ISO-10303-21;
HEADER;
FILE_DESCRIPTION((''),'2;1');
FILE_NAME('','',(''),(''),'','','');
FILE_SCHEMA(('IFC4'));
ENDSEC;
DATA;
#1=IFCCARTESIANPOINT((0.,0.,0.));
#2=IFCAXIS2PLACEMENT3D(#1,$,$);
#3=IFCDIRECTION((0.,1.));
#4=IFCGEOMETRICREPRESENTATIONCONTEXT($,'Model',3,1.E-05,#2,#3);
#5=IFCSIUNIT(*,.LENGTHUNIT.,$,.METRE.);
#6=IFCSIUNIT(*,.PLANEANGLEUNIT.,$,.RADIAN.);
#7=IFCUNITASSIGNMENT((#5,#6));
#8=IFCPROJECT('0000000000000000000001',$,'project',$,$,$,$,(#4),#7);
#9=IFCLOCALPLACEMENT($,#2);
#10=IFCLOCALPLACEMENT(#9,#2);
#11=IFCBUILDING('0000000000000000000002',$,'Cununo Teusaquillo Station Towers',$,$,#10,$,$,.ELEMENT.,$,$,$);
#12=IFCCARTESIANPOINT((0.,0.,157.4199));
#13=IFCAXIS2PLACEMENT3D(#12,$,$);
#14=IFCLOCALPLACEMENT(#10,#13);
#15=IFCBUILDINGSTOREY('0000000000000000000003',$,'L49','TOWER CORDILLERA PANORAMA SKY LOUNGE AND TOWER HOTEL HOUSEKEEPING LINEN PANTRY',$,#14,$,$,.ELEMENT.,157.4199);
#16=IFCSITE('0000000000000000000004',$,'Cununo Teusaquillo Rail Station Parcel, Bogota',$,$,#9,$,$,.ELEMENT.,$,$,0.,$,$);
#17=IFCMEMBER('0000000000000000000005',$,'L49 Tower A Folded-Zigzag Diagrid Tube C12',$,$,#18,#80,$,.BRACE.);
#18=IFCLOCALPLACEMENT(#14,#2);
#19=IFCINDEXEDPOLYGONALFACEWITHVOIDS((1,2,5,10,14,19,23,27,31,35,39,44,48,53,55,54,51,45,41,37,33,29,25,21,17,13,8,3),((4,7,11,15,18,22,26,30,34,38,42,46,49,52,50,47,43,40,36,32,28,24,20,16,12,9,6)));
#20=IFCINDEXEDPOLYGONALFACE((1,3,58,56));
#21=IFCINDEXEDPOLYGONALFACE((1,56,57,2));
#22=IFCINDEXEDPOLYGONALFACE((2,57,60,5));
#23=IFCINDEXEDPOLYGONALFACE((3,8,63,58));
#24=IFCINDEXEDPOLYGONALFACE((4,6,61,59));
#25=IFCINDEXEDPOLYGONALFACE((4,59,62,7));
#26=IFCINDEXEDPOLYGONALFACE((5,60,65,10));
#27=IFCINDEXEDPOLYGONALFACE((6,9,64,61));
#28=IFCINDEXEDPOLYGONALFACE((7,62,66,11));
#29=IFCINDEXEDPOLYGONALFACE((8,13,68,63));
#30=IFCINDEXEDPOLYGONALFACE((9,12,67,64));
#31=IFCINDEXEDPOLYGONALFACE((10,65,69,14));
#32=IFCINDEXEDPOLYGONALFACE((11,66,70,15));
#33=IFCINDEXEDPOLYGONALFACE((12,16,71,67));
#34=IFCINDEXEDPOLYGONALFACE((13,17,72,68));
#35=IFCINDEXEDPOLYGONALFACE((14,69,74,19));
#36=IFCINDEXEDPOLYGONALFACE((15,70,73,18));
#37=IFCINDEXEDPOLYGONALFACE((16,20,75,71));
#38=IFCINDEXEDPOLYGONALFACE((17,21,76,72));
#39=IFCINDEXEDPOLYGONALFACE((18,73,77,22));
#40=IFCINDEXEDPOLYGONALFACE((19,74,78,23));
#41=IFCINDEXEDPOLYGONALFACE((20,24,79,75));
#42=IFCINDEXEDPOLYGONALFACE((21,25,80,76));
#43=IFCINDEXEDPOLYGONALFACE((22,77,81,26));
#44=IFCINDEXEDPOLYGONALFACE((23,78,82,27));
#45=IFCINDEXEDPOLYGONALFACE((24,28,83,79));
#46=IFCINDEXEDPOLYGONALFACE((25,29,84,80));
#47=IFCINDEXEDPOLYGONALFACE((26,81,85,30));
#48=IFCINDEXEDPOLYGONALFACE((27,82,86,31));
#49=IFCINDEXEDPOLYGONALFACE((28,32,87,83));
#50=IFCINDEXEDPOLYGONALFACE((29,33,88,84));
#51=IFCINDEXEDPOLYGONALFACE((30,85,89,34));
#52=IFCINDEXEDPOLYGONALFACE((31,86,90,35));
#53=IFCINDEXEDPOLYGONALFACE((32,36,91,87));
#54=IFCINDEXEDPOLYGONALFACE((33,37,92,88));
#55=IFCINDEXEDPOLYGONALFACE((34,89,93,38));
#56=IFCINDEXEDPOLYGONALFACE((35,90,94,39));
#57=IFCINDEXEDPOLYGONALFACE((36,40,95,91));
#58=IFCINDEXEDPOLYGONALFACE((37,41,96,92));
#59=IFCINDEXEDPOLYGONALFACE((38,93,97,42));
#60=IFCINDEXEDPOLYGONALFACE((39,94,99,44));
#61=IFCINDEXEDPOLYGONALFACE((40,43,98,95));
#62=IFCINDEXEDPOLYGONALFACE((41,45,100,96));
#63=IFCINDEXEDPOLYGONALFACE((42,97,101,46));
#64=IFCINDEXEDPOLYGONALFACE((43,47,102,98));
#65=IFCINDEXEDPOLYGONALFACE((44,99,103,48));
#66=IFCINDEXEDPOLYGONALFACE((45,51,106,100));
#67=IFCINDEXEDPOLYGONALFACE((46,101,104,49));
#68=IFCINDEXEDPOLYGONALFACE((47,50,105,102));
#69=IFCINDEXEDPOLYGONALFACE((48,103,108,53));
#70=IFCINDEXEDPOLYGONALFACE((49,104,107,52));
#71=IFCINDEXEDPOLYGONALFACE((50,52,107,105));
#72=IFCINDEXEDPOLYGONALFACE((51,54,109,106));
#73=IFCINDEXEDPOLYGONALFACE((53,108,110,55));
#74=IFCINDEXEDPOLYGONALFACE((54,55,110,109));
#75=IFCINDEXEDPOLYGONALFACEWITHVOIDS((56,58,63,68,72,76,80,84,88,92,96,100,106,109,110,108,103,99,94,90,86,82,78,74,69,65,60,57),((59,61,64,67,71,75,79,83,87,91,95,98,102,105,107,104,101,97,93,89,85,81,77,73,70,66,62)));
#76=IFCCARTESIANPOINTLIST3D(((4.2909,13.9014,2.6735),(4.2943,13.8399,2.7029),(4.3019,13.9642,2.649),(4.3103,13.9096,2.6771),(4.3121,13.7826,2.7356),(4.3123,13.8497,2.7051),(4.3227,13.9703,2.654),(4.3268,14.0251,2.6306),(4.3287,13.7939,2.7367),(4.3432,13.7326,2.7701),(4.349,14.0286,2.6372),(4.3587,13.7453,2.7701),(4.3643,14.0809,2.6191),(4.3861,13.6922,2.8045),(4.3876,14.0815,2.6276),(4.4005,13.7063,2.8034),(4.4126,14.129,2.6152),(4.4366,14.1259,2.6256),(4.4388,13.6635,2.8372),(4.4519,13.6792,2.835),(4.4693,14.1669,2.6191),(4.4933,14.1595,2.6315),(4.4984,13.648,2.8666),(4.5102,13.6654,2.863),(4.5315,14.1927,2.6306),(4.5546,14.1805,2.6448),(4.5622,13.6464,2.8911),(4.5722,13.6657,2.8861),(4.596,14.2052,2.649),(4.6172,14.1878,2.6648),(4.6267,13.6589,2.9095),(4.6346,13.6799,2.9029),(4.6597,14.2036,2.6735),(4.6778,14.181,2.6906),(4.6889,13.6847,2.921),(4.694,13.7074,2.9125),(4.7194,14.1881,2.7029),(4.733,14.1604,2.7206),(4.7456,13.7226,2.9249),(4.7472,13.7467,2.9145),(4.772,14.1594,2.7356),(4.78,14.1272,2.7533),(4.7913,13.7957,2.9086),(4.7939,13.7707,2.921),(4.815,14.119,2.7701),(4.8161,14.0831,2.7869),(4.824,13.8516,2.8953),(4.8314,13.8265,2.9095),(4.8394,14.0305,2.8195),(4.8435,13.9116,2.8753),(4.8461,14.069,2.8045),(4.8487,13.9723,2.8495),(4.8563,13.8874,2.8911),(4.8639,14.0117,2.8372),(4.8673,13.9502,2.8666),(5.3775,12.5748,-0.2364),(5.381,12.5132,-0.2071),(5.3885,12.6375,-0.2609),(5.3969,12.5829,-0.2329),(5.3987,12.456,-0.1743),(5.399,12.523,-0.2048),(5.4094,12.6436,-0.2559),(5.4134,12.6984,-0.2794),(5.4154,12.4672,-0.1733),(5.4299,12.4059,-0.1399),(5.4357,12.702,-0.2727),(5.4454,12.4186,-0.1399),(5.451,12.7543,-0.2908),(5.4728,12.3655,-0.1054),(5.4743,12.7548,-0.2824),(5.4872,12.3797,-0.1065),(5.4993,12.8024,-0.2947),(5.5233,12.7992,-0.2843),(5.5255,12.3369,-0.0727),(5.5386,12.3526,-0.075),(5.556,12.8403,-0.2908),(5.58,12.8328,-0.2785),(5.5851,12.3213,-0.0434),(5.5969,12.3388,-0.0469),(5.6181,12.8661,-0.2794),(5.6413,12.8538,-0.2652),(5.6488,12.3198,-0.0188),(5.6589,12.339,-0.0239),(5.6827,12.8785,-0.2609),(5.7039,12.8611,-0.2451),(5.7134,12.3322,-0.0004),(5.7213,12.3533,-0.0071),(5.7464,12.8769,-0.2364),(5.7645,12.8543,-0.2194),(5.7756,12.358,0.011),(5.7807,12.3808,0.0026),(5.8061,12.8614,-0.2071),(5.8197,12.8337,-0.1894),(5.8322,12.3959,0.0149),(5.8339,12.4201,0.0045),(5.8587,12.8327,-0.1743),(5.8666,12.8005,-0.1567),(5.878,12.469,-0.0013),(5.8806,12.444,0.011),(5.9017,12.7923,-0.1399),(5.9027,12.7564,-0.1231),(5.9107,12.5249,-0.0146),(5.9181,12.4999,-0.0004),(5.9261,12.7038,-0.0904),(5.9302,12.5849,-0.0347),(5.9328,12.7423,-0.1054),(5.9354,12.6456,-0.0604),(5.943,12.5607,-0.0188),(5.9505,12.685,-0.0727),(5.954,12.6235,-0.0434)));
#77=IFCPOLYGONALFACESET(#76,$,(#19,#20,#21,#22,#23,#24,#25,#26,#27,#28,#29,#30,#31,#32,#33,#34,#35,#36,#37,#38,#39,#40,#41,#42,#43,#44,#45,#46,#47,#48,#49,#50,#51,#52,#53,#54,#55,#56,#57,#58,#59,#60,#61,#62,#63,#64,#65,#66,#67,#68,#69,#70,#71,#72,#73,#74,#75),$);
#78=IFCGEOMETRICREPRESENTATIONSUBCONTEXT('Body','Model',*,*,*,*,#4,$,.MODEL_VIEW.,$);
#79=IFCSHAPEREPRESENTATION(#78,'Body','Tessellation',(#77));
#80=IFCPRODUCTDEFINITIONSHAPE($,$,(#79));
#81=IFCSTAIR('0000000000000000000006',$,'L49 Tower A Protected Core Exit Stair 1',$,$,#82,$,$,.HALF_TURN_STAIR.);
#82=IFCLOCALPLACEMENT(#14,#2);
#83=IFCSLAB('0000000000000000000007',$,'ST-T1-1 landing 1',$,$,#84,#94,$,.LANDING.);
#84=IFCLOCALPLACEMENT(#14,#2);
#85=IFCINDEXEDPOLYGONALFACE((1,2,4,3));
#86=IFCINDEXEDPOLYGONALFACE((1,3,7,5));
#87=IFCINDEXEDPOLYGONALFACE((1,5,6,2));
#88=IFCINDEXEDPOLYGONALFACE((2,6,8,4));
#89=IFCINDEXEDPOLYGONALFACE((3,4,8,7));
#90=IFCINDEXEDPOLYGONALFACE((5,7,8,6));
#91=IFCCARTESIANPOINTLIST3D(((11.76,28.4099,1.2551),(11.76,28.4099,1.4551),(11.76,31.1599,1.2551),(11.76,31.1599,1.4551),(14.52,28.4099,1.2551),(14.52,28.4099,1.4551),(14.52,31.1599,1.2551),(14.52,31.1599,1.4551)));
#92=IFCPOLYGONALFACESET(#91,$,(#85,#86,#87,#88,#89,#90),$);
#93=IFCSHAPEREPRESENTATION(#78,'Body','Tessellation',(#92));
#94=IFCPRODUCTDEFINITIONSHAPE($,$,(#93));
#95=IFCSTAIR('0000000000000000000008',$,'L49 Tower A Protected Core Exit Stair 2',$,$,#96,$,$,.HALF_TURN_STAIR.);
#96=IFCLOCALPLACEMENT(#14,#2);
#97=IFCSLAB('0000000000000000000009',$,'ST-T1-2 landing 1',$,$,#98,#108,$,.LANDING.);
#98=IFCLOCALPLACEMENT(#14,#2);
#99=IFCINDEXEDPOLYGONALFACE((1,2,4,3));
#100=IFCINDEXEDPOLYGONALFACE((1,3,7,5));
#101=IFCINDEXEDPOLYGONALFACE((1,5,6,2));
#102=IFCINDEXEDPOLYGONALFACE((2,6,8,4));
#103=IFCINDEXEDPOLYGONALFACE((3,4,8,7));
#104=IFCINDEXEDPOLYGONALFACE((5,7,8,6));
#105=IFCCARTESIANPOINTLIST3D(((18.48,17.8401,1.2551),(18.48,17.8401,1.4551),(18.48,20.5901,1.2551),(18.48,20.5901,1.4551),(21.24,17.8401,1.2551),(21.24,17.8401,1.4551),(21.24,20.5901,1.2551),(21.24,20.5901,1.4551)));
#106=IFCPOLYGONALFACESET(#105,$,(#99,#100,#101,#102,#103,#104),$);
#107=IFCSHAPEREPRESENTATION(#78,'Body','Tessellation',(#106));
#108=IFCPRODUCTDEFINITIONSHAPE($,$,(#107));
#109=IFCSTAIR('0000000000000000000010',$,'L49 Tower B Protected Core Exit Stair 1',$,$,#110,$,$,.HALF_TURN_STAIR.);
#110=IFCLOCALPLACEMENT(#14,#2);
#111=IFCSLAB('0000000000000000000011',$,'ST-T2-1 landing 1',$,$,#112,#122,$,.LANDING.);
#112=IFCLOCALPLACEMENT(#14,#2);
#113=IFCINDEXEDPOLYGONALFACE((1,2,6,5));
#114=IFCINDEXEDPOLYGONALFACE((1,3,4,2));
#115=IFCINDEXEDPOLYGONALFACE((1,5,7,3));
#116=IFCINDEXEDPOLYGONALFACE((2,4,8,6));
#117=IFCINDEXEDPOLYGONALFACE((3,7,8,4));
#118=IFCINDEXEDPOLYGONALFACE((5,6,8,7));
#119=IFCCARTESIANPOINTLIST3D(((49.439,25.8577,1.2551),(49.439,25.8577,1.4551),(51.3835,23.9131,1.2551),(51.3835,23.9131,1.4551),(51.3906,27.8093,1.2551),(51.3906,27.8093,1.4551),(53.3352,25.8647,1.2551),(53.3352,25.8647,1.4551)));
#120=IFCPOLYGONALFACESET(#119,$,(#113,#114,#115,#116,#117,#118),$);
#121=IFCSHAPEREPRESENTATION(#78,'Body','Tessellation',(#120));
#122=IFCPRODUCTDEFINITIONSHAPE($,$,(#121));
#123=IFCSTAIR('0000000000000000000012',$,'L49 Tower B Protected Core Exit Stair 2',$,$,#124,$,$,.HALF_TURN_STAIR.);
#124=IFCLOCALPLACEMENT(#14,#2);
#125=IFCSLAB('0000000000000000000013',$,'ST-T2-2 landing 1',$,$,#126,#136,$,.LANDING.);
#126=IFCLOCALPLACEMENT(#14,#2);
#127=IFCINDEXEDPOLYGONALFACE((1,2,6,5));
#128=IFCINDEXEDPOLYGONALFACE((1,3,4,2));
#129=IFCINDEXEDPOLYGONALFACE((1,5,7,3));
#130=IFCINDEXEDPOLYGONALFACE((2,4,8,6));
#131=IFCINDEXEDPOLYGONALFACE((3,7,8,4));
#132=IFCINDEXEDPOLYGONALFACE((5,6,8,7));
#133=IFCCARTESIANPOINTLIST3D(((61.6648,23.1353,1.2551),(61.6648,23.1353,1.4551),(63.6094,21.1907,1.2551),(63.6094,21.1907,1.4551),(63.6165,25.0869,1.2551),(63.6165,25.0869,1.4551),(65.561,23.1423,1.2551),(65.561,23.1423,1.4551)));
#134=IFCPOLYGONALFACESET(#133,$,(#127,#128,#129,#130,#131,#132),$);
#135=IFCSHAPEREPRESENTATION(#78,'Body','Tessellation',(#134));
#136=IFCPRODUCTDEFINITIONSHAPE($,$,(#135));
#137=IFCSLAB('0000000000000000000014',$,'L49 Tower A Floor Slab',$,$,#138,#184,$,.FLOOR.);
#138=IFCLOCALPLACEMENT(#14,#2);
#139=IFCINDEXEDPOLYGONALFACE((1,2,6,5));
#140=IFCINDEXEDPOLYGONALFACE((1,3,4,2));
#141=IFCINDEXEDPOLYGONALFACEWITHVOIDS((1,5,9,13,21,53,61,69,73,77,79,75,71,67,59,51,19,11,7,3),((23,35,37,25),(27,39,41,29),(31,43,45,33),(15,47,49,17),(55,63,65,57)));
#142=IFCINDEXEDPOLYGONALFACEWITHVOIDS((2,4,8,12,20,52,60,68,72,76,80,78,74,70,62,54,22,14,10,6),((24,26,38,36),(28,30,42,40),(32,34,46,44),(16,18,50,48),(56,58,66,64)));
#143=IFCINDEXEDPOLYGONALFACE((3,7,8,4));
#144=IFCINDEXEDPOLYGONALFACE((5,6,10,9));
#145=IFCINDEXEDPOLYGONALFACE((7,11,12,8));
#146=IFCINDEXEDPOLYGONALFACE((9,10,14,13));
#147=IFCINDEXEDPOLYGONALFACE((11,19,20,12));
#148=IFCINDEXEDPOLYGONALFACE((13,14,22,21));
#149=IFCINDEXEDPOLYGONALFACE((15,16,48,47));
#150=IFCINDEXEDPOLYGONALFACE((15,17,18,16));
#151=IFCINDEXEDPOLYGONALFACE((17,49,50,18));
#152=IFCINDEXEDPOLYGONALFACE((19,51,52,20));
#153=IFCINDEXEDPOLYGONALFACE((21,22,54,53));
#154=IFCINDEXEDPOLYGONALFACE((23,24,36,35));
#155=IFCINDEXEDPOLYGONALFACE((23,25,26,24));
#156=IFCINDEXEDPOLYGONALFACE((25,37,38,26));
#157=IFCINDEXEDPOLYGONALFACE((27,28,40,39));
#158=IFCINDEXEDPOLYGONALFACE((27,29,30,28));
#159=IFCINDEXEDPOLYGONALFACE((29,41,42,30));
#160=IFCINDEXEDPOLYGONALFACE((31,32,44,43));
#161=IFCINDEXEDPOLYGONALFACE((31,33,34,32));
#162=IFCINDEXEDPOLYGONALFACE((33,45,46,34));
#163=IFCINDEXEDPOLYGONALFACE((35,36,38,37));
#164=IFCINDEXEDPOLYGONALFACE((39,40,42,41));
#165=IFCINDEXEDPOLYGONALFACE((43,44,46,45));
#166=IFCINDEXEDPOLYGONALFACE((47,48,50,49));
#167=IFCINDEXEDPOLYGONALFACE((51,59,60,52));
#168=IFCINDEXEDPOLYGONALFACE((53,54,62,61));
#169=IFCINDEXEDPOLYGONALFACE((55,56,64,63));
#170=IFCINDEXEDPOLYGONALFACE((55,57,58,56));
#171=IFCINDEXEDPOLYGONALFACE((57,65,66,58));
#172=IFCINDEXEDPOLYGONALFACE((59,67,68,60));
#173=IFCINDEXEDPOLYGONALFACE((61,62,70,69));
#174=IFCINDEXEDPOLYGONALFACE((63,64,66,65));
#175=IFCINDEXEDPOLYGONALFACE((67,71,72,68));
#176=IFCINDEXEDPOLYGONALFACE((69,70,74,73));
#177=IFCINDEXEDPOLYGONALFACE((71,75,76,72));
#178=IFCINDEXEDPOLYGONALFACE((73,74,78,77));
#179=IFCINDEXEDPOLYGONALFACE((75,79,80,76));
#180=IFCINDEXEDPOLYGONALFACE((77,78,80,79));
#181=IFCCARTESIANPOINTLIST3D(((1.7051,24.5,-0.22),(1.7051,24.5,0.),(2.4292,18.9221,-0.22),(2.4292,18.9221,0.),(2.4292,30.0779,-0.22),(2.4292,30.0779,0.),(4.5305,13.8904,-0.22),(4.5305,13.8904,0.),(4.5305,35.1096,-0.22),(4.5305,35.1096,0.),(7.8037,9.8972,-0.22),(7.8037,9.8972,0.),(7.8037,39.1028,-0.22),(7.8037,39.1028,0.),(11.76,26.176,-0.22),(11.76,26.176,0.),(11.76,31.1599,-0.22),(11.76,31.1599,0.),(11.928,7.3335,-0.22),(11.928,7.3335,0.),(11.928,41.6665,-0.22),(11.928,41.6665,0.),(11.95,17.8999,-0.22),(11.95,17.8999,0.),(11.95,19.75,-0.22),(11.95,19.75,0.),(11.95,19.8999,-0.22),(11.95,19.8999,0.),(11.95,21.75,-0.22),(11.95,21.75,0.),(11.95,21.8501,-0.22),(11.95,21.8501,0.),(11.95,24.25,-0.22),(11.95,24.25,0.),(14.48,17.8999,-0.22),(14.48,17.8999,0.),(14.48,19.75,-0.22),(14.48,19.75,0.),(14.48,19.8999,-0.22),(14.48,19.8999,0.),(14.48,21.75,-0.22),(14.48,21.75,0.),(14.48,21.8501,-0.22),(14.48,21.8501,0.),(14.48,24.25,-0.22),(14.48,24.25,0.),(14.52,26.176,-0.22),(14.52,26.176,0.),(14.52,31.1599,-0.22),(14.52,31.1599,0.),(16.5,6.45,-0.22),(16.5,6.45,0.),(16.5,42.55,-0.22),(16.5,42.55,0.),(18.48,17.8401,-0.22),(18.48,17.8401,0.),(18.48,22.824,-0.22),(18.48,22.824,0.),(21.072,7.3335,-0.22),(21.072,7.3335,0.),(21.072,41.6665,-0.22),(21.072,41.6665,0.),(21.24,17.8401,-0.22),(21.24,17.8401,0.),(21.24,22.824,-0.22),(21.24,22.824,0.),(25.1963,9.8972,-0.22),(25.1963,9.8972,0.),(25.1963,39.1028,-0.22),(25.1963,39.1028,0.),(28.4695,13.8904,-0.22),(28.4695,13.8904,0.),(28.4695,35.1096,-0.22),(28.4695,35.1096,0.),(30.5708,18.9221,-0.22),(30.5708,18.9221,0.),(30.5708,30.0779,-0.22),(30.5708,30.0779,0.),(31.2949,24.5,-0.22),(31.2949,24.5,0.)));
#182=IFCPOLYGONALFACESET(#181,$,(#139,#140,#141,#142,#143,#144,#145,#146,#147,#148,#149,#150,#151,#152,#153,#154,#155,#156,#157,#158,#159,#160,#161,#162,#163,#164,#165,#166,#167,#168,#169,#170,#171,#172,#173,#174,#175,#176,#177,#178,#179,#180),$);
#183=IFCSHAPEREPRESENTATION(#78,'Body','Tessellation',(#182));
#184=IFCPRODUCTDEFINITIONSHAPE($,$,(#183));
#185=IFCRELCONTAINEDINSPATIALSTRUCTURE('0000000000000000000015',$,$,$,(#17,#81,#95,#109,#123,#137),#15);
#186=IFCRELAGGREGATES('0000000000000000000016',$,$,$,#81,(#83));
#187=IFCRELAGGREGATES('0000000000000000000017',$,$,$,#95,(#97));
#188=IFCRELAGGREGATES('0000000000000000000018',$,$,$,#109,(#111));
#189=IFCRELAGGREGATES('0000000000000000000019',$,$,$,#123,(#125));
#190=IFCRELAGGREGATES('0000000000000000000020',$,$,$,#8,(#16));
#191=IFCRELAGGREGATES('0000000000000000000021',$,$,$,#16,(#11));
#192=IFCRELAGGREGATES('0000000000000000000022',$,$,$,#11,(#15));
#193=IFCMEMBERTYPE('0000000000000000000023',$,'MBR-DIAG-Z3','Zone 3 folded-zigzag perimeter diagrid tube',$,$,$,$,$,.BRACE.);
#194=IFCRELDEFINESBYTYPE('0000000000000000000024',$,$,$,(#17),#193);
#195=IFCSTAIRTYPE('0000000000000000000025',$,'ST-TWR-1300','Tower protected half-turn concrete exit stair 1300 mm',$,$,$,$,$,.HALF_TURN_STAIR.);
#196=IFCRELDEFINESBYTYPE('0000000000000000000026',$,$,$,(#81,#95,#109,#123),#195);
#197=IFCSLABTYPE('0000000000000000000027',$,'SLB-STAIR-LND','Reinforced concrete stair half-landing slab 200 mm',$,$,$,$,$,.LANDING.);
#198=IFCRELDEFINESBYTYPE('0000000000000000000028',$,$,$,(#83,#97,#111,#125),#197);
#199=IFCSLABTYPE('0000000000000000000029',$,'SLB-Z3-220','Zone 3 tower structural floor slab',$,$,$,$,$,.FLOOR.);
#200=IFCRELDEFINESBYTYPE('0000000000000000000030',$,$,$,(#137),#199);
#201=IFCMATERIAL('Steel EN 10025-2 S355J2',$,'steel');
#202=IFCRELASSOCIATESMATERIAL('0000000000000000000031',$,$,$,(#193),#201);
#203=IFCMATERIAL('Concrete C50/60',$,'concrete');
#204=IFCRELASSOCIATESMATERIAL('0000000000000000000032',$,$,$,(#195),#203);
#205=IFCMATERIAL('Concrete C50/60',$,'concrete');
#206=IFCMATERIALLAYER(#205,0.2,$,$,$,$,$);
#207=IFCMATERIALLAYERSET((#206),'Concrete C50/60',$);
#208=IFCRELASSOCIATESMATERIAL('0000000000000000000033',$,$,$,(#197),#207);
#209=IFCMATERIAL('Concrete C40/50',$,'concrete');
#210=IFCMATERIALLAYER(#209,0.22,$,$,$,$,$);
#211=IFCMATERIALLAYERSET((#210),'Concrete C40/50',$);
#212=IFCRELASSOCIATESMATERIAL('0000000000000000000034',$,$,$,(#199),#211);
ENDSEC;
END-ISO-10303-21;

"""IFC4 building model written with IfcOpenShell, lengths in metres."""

from ifc_helpers import new_model, si_unit, direction, frame, origin, origin_2d, place, context, subcontext, project, spatial, polyline, hollow_circle, outline, extrude, material, layer, layer_set, material_profile, profile_set, type_object, element, aggregate, save


model = new_model("IFC4")

# Units and contexts
model_context = context("Model", 3, precision=1e-05, world=origin(), true_north=direction((0.0, 1.0)))
body_context = subcontext(model_context, "Body", "Model", "MODEL_VIEW")
ifc_project = project(units=[si_unit("LENGTHUNIT", "METRE"), si_unit("PLANEANGLEUNIT", "RADIAN")], contexts=[model_context])

# Site, building, storey
site_placement = place(None, origin())
site = spatial("IfcSite", under=ifc_project, at=site_placement, Name="Cununo Teusaquillo Rail Station Parcel, Bogota", CompositionType="ELEMENT", RefElevation=0.0)
building_placement = place(site_placement, origin())
building = spatial("IfcBuilding", under=site, at=building_placement, Name="Cununo Teusaquillo Station Towers", CompositionType="ELEMENT")
storey_placement = place(building_placement, frame((0.0, 0.0, 157.4199)))
storey = spatial("IfcBuildingStorey", under=building, at=storey_placement, Name="L49", Description="TOWER CORDILLERA PANORAMA SKY LOUNGE AND TOWER HOTEL HOUSEKEEPING LINEN PANTRY", CompositionType="ELEMENT", Elevation=157.4199)

# Member
ifc_material_1 = material(Name="Steel EN 10025-2 S355J2", Category="steel")
ifc_material_profile_1 = material_profile(ifc_material_1, hollow_circle(Radius=0.3049, WallThickness=0.02, at=origin_2d()), Name="CHS 610x20")
ifc_profile_set_1 = profile_set([ifc_material_profile_1], Name="Steel EN 10025-2 S355J2")
member_type = type_object("IfcMemberType", Name="MBR-DIAG-Z3", Description="Zone 3 folded-zigzag perimeter diagrid tube", PredefinedType="BRACE", material=ifc_profile_set_1)
member_placement = place(storey_placement, frame((5.6658, 12.5991, -0.1399), z_axis=(-0.321724, 0.392777, 0.861522), x_axis=(-0.773608, -0.633664, 0.0)))
element("IfcMember", 1, at=member_placement, inside=storey, type_object=member_type, Name="L49 Tower A Folded-Zigzag Diagrid Tube C12", PredefinedType="BRACE", context=body_context, shape_type="SweptSolid", body=[
    extrude(hollow_circle(Radius=0.3049, WallThickness=0.02, at=origin_2d()), origin(), (0.0, 0.0, 1.0), 3.3777),
])

# Stairs, slabs
ifc_material_2 = material(Name="Concrete C50/60", Category="concrete")
stair_type = type_object("IfcStairType", Name="ST-TWR-1300", Description="Tower protected half-turn concrete exit stair 1300 mm", PredefinedType="HALF_TURN_STAIR", material=ifc_material_2)
stair_1_placement = place(storey_placement, origin())
stair_1 = element("IfcStair", 2, at=stair_1_placement, inside=storey, type_object=stair_type, Name="L49 Tower A Protected Core Exit Stair 1", PredefinedType="HALF_TURN_STAIR")
ifc_material_3 = material(Name="Concrete C50/60", Category="concrete")
ifc_layer_1 = layer(ifc_material_3, 0.2)
ifc_layer_set_1 = layer_set([ifc_layer_1], Name="Concrete C50/60")
slab_type_1 = type_object("IfcSlabType", Name="SLB-STAIR-LND", Description="Reinforced concrete stair half-landing slab 200 mm", PredefinedType="LANDING", material=ifc_layer_set_1)
slab_1_placement = place(storey_placement, frame((0.0, 0.0, 1.2551)))
slab_1 = element("IfcSlab", 3, at=slab_1_placement, type_object=slab_type_1, Name="ST-T1-1 landing 1", PredefinedType="LANDING", context=body_context, shape_type="SweptSolid", body=[
    extrude(outline(polyline([(14.52, 28.4099), (14.52, 31.1599), (11.76, 31.1599), (11.76, 28.4099), (14.52, 28.4099)])), origin(), (0.0, 0.0, 1.0), 0.2),
])
aggregate(stair_1, [slab_1])
stair_2_placement = place(storey_placement, origin())
stair_2 = element("IfcStair", 4, at=stair_2_placement, inside=storey, type_object=stair_type, Name="L49 Tower A Protected Core Exit Stair 2", PredefinedType="HALF_TURN_STAIR")
slab_2_placement = place(storey_placement, frame((0.0, 0.0, 1.2551)))
slab_2 = element("IfcSlab", 5, at=slab_2_placement, type_object=slab_type_1, Name="ST-T1-2 landing 1", PredefinedType="LANDING", context=body_context, shape_type="SweptSolid", body=[
    extrude(outline(polyline([(18.48, 20.5901), (18.48, 17.8401), (21.24, 17.8401), (21.24, 20.5901), (18.48, 20.5901)])), origin(), (0.0, 0.0, 1.0), 0.2),
])
aggregate(stair_2, [slab_2])
stair_3_placement = place(storey_placement, origin())
stair_3 = element("IfcStair", 6, at=stair_3_placement, inside=storey, type_object=stair_type, Name="L49 Tower B Protected Core Exit Stair 1", PredefinedType="HALF_TURN_STAIR")
slab_3_placement = place(storey_placement, frame((0.0, 0.0, 1.2551)))
slab_3 = element("IfcSlab", 7, at=slab_3_placement, type_object=slab_type_1, Name="ST-T2-1 landing 1", PredefinedType="LANDING", context=body_context, shape_type="SweptSolid", body=[
    extrude(outline(polyline([(53.3352, 25.8647), (51.3906, 27.8093), (49.439, 25.8577), (51.3835, 23.9131), (53.3352, 25.8647)])), origin(), (0.0, 0.0, 1.0), 0.2),
])
aggregate(stair_3, [slab_3])
stair_4_placement = place(storey_placement, origin())
stair_4 = element("IfcStair", 8, at=stair_4_placement, inside=storey, type_object=stair_type, Name="L49 Tower B Protected Core Exit Stair 2", PredefinedType="HALF_TURN_STAIR")
slab_4_placement = place(storey_placement, frame((0.0, 0.0, 1.2551)))
slab_4 = element("IfcSlab", 9, at=slab_4_placement, type_object=slab_type_1, Name="ST-T2-2 landing 1", PredefinedType="LANDING", context=body_context, shape_type="SweptSolid", body=[
    extrude(outline(polyline([(61.6648, 23.1353), (63.6094, 21.1907), (65.561, 23.1423), (63.6165, 25.0869), (61.6648, 23.1353)])), origin(), (0.0, 0.0, 1.0), 0.2),
])
aggregate(stair_4, [slab_4])

# Slab
ifc_material_4 = material(Name="Concrete C40/50", Category="concrete")
ifc_layer_2 = layer(ifc_material_4, 0.22)
ifc_layer_set_2 = layer_set([ifc_layer_2], Name="Concrete C40/50")
slab_type_2 = type_object("IfcSlabType", Name="SLB-Z3-220", Description="Zone 3 tower structural floor slab", PredefinedType="FLOOR", material=ifc_layer_set_2)
slab_5_placement = place(storey_placement, frame((0.0, 0.0, -0.22)))
element("IfcSlab", 10, at=slab_5_placement, inside=storey, type_object=slab_type_2, Name="L49 Tower A Floor Slab", PredefinedType="FLOOR", context=body_context, shape_type="SweptSolid", body=[
    extrude(outline(polyline([(31.2949, 24.5), (30.5708, 30.0779), (28.4695, 35.1096), (25.1963, 39.1028), (21.072, 41.6665), (16.5, 42.55), (11.928, 41.6665), (7.8037, 39.1028), (4.5305, 35.1096), (2.4292, 30.0779), (1.7051, 24.5), (2.4292, 18.9221), (4.5305, 13.8904), (7.8037, 9.8972), (11.928, 7.3335), (16.5, 6.45), (21.072, 7.3335), (25.1963, 9.8972), (28.4695, 13.8904), (30.5708, 18.9221), (31.2949, 24.5)]), holes=[polyline([(14.52, 26.176), (14.52, 31.1599), (11.76, 31.1599), (11.76, 26.176), (14.52, 26.176)]), polyline([(18.48, 22.824), (18.48, 17.8401), (21.24, 17.8401), (21.24, 22.824), (18.48, 22.824)]), polyline([(11.95, 21.8501), (14.48, 21.8501), (14.48, 24.25), (11.95, 24.25), (11.95, 21.8501)]), polyline([(11.95, 17.8999), (14.48, 17.8999), (14.48, 19.75), (11.95, 19.75), (11.95, 17.8999)]), polyline([(11.95, 19.8999), (14.48, 19.8999), (14.48, 21.75), (11.95, 21.75), (11.95, 19.8999)])]), origin(), (0.0, 0.0, 1.0), 0.22),
])

save(model, "model.ifc")
